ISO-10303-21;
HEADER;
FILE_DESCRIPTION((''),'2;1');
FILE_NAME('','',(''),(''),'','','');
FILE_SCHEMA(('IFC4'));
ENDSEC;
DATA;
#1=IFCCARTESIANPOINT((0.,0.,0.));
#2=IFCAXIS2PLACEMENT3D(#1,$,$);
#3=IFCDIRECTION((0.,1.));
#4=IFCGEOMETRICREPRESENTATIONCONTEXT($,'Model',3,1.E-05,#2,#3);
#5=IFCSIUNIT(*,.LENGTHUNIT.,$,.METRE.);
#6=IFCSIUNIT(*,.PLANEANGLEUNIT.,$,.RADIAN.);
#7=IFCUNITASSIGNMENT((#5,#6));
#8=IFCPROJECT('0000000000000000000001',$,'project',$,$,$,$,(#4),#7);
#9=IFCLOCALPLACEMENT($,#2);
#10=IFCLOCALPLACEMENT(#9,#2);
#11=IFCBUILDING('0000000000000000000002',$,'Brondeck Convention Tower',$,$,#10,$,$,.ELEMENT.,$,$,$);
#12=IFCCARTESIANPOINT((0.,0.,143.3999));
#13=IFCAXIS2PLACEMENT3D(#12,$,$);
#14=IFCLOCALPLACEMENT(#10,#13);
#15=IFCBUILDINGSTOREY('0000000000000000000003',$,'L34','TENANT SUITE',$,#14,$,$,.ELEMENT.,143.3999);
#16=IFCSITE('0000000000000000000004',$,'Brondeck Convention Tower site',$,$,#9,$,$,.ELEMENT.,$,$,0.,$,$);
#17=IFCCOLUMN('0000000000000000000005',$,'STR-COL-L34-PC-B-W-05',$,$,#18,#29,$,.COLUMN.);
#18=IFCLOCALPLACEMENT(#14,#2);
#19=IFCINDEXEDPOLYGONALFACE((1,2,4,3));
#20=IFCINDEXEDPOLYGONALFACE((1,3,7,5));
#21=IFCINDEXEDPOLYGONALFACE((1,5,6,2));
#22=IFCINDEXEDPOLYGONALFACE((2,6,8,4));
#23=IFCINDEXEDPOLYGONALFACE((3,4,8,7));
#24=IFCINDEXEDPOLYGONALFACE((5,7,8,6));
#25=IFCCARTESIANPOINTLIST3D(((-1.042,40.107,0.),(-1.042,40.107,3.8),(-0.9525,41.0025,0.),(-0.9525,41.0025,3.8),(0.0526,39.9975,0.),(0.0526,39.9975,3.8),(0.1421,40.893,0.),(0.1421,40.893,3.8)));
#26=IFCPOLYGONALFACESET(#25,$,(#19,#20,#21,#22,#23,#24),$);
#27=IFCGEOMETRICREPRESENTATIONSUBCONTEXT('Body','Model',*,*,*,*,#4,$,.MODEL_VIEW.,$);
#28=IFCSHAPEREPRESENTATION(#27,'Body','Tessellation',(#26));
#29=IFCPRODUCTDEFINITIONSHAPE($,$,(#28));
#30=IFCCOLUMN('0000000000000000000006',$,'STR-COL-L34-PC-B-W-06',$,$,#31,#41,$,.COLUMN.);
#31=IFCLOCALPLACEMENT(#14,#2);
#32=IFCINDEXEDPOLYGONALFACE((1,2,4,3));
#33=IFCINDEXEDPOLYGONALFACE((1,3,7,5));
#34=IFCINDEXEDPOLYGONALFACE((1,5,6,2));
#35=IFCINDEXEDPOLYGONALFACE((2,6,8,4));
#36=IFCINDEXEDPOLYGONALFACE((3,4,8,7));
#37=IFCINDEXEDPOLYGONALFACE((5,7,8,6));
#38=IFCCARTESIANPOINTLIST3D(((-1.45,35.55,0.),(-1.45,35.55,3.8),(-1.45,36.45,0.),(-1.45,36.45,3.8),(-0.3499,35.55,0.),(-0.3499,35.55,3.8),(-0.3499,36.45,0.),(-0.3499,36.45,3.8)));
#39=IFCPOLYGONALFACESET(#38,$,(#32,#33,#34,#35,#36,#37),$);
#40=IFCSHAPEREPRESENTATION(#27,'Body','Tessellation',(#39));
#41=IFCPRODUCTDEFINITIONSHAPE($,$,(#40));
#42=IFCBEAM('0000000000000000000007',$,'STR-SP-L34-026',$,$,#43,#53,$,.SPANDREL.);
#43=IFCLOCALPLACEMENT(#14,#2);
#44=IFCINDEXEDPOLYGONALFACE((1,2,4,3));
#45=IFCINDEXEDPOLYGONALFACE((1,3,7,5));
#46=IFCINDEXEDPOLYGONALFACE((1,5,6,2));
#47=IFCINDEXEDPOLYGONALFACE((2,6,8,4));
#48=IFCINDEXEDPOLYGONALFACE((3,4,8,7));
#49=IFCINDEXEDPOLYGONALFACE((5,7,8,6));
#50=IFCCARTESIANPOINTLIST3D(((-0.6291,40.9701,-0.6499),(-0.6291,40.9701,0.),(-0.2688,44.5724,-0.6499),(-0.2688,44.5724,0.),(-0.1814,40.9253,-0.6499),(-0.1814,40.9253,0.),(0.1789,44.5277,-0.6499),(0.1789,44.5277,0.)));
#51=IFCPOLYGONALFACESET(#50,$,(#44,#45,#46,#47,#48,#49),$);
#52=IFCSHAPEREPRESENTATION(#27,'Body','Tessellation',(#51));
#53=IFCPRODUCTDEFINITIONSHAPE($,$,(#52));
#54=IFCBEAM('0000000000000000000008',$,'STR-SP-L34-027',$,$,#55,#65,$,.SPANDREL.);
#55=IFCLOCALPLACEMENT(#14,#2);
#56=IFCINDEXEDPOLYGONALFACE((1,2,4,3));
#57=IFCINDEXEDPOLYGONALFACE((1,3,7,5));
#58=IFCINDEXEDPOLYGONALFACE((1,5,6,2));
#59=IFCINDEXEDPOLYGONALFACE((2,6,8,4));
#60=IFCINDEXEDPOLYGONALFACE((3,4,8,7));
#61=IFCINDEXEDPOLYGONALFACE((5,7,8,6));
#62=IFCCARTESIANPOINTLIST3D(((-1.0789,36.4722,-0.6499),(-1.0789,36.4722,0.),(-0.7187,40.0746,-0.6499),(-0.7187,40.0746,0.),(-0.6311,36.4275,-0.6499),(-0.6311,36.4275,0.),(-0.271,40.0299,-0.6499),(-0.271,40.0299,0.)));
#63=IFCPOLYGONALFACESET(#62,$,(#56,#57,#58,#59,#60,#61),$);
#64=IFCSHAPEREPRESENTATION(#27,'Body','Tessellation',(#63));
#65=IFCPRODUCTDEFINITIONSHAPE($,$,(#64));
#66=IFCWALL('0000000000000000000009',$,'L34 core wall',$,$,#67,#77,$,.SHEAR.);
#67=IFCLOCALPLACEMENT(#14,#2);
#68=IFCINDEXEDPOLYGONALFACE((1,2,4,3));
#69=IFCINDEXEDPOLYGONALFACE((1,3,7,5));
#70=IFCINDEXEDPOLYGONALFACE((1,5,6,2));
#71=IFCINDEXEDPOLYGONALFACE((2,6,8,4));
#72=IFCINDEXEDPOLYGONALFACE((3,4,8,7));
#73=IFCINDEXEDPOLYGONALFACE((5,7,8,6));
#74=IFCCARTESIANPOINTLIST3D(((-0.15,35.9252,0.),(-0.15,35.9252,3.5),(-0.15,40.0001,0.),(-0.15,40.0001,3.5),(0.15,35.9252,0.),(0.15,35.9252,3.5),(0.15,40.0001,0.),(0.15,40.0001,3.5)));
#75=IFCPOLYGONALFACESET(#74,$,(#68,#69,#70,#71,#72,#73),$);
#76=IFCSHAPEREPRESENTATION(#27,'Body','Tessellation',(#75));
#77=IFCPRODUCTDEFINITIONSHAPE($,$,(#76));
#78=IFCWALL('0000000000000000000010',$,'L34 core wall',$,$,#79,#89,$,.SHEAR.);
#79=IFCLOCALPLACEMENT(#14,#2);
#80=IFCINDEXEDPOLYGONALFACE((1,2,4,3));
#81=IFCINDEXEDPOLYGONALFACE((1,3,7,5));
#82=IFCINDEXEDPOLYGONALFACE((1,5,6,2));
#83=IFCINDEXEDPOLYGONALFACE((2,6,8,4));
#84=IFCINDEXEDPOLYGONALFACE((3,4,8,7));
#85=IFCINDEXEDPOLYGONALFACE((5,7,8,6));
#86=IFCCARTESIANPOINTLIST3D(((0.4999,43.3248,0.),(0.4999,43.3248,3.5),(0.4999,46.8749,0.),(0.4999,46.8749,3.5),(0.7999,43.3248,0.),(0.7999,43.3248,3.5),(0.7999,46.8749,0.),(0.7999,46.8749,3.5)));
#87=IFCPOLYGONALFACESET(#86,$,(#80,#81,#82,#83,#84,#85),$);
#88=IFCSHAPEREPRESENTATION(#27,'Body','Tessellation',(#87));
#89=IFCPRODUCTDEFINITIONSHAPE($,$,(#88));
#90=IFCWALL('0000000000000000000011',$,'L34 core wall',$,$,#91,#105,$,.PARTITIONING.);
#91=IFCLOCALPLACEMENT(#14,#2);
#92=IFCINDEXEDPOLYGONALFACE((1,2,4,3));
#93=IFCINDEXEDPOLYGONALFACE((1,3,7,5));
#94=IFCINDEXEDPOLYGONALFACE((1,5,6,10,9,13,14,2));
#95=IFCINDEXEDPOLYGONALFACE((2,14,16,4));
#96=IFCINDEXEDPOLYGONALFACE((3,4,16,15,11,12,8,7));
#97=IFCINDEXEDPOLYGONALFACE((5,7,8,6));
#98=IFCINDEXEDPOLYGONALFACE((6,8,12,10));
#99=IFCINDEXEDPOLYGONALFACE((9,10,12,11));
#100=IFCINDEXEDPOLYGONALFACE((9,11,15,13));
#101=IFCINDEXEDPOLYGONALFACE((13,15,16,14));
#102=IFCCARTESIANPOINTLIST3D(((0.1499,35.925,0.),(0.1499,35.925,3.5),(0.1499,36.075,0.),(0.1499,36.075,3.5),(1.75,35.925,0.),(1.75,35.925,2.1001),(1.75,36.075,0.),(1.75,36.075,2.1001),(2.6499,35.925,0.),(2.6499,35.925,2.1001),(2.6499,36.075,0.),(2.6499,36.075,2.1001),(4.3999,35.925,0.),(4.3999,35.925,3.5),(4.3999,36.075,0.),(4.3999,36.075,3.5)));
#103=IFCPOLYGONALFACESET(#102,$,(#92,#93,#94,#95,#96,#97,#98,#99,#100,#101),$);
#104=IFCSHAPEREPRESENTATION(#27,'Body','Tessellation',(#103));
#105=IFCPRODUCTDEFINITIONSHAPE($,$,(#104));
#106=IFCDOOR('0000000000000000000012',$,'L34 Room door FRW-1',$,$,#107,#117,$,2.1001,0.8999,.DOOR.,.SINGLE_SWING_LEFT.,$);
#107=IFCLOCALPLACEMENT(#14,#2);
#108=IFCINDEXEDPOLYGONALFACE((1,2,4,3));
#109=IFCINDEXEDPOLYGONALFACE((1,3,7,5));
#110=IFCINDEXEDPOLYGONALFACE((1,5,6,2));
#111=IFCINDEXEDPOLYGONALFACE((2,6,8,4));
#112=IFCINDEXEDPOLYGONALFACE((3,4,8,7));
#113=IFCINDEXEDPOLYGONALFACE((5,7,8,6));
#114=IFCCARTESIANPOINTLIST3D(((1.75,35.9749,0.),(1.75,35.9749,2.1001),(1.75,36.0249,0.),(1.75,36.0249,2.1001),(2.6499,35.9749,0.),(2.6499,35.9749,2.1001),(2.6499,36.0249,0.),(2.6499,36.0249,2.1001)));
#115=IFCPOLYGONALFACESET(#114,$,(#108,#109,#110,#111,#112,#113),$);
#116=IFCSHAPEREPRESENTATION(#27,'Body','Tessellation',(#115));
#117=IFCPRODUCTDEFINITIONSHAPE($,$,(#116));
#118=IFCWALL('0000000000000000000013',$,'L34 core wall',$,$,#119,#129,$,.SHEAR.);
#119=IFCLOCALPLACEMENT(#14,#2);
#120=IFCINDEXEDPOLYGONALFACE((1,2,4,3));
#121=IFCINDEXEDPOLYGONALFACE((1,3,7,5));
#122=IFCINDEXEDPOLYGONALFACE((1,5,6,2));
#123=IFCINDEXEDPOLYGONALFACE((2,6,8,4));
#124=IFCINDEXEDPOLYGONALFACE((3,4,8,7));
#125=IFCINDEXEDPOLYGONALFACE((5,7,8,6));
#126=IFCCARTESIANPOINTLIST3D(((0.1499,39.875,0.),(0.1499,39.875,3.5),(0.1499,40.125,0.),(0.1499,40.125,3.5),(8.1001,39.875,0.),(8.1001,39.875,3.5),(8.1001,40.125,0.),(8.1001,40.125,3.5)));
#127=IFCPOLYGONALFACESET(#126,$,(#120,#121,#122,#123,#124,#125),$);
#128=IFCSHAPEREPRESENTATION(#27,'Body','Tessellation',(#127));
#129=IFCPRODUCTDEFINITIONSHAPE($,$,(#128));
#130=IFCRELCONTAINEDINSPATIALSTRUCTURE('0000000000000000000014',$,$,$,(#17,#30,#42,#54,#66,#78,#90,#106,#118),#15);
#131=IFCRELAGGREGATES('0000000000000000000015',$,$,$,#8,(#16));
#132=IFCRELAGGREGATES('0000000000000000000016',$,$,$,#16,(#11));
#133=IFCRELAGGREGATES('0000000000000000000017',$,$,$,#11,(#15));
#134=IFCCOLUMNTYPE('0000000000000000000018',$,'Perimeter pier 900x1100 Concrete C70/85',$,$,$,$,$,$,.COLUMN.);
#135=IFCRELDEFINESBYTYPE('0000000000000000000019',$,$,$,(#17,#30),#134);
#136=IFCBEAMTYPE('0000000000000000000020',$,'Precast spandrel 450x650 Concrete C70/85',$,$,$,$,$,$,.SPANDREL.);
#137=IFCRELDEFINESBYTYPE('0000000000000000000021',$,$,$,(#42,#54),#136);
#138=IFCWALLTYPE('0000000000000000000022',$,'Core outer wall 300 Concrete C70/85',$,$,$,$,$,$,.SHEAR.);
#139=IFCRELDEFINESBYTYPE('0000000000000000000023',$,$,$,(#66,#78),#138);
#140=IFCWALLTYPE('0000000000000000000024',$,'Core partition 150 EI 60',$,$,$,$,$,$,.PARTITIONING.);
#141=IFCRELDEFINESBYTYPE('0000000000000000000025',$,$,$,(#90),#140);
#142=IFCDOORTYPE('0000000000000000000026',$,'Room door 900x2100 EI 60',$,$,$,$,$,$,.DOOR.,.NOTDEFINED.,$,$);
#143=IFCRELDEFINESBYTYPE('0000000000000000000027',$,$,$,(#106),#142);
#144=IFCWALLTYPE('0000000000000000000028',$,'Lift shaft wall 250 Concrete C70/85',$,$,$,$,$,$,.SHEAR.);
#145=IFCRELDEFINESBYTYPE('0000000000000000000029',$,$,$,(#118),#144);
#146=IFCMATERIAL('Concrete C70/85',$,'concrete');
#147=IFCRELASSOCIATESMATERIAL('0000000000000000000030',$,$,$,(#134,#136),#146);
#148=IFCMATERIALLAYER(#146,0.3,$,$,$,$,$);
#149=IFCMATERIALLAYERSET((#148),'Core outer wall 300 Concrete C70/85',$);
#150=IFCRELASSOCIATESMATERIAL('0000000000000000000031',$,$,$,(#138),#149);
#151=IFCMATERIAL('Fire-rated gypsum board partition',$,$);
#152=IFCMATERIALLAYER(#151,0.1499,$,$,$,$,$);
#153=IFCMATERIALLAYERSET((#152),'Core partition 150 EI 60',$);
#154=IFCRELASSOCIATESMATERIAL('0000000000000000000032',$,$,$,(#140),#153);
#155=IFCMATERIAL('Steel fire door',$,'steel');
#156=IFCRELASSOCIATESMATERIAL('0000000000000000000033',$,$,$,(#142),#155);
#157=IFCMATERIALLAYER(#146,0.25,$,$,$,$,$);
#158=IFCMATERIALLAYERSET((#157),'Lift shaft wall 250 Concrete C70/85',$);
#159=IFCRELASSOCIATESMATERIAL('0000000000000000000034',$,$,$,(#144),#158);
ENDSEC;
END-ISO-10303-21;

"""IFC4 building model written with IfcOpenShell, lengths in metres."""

from ifc_helpers import new_model, si_unit, direction, frame, frame_2d, origin, origin_2d, place, context, subcontext, project, spatial, rectangle, extrude, material, layer, layer_set, material_profile, profile_set, type_object, element, fill, save


model = new_model("IFC4")

# Units and contexts
model_context = context("Model", 3, precision=1e-05, world=origin(), true_north=direction((0.0, 1.0)))
body_context = subcontext(model_context, "Body", "Model", "MODEL_VIEW")
ifc_project = project(units=[si_unit("LENGTHUNIT", "METRE"), si_unit("PLANEANGLEUNIT", "RADIAN")], contexts=[model_context])

# Site, building, storey
site_placement = place(None, origin())
site = spatial("IfcSite", under=ifc_project, at=site_placement, Name="Brondeck Convention Tower site", CompositionType="ELEMENT", RefElevation=0.0)
building_placement = place(site_placement, origin())
building = spatial("IfcBuilding", under=site, at=building_placement, Name="Brondeck Convention Tower", CompositionType="ELEMENT")
storey_placement = place(building_placement, frame((0.0, 0.0, 143.3999)))
storey = spatial("IfcBuildingStorey", under=building, at=storey_placement, Name="L34", Description="TENANT SUITE", CompositionType="ELEMENT", Elevation=143.3999)

# Columns
ifc_material_1 = material(Name="Concrete C70/85", Category="concrete")
ifc_material_profile_1 = material_profile(ifc_material_1, rectangle(XDim=0.8999, YDim=1.1001, at=origin_2d()), Name="Perimeter pier 900x1100 Concrete C70/85")
ifc_profile_set_1 = profile_set([ifc_material_profile_1], Name="Concrete C70/85")
column_type = type_object("IfcColumnType", Name="Perimeter pier 900x1100 Concrete C70/85", PredefinedType="COLUMN", material=ifc_profile_set_1)
for number, where, z_axis, x_axis, name in (
    (1, (-0.45, 40.5, 0.0), (0.0, 0.0, 1.0), (-0.099504, -0.995037, 0.0), "STR-COL-L34-PC-B-W-05"),
    (2, (-0.8999, 36.0, 0.0), (0.0, 0.0, 1.0), (0.0, -1.0, 0.0), "STR-COL-L34-PC-B-W-06"),
):
    element("IfcColumn", number, at=place(storey_placement, frame(where, z_axis=z_axis, x_axis=x_axis)), inside=storey, type_object=column_type, Name=name, PredefinedType="COLUMN", context=body_context, shape_type="SweptSolid", body=[
        extrude(rectangle(XDim=0.8999, YDim=1.1001, at=origin_2d()), origin(), (0.0, 0.0, 1.0), 3.8),
    ])

# Beams
ifc_material_profile_2 = material_profile(ifc_material_1, rectangle(XDim=0.45, YDim=0.6499, at=origin_2d()), Name="Precast spandrel 450x650 Concrete C70/85")
ifc_profile_set_2 = profile_set([ifc_material_profile_2], Name="Concrete C70/85")
beam_type = type_object("IfcBeamType", Name="Precast spandrel 450x650 Concrete C70/85", PredefinedType="SPANDREL", material=ifc_profile_set_2)
for number, where, z_axis, x_axis, name in (
    (3, (-0.0449, 44.55, -0.325), (-0.099537, -0.995034, 0.0), (0.995034, -0.099537, 0.0), "STR-SP-L34-026"),
    (4, (-0.4949, 40.0522, -0.325), (-0.09947, -0.995041, 0.0), (0.995041, -0.09947, 0.0), "STR-SP-L34-027"),
):
    element("IfcBeam", number, at=place(storey_placement, frame(where, z_axis=z_axis, x_axis=x_axis)), inside=storey, type_object=beam_type, Name=name, PredefinedType="SPANDREL", context=body_context, shape_type="SweptSolid", body=[
        extrude(rectangle(XDim=0.45, YDim=0.6499, at=origin_2d()), origin(), (0.0, 0.0, 1.0), 3.6204),
    ])

# Walls
ifc_layer_1 = layer(ifc_material_1, 0.3)
ifc_layer_set_1 = layer_set([ifc_layer_1], Name="Core outer wall 300 Concrete C70/85")
wall_type_1 = type_object("IfcWallType", Name="Core outer wall 300 Concrete C70/85", PredefinedType="SHEAR", material=ifc_layer_set_1)
wall_1_placement = place(storey_placement, frame((0.0, 35.925, 0.0), z_axis=(0.0, 0.0, 1.0), x_axis=(0.0, 1.0, 0.0)))
element("IfcWall", 5, at=wall_1_placement, inside=storey, type_object=wall_type_1, Name="L34 core wall", PredefinedType="SHEAR", context=body_context, shape_type="SweptSolid", body=[
    extrude(rectangle(XDim=4.075, YDim=0.3, at=frame_2d((2.0376, 0.0))), origin(), (0.0, 0.0, 1.0), 3.5),
])
wall_2_placement = place(storey_placement, frame((0.6499, 43.325, 0.0), z_axis=(0.0, 0.0, 1.0), x_axis=(0.0, 1.0, 0.0)))
element("IfcWall", 6, at=wall_2_placement, inside=storey, type_object=wall_type_1, Name="L34 core wall", PredefinedType="SHEAR", context=body_context, shape_type="SweptSolid", body=[
    extrude(rectangle(XDim=3.55, YDim=0.3, at=frame_2d((1.7749, 0.0))), origin(), (0.0, 0.0, 1.0), 3.5),
])

# Wall, opening, door
ifc_material_2 = material(Name="Fire-rated gypsum board partition")
ifc_layer_2 = layer(ifc_material_2, 0.1499)
ifc_layer_set_2 = layer_set([ifc_layer_2], Name="Core partition 150 EI 60")
wall_type_2 = type_object("IfcWallType", Name="Core partition 150 EI 60", PredefinedType="PARTITIONING", material=ifc_layer_set_2)
wall_3_placement = place(storey_placement, frame((0.1499, 36.0, 0.0), z_axis=(0.0, 0.0, 1.0), x_axis=(1.0, 0.0, 0.0)))
wall_3 = element("IfcWall", 7, at=wall_3_placement, inside=storey, type_object=wall_type_2, Name="L34 core wall", PredefinedType="PARTITIONING", context=body_context, shape_type="SweptSolid", body=[
    extrude(rectangle(XDim=4.25, YDim=0.1499, at=frame_2d((2.125, 0.0))), origin(), (0.0, 0.0, 1.0), 3.5),
])
opening_1_placement = place(wall_3_placement, frame((1.6001, 0.0, 0.0)))
opening_1 = element("IfcOpeningElement", 8, at=opening_1_placement, cuts=wall_3, PredefinedType="OPENING", context=body_context, shape_type="SweptSolid", body=[
    extrude(rectangle(XDim=0.8999, YDim=2.1001, at=frame_2d((0.45, 1.05))), frame((0.0, 0.085, 0.0), z_axis=(0.0, -1.0, 0.0), x_axis=(1.0, 0.0, 0.0)), (0.0, 0.0, 1.0), 0.1699),
])
ifc_material_3 = material(Name="Steel fire door", Category="steel")
door_type_1 = type_object("IfcDoorType", Name="Room door 900x2100 EI 60", OperationType="NOTDEFINED", PredefinedType="DOOR", material=ifc_material_3)
door_1_placement = place(opening_1_placement, origin())
door_1 = element("IfcDoor", 9, at=door_1_placement, inside=storey, type_object=door_type_1, Name="L34 Room door FRW-1", OperationType="SINGLE_SWING_LEFT", OverallHeight=2.1001, OverallWidth=0.8999, PredefinedType="DOOR", context=body_context, shape_type="SweptSolid", body=[
    extrude(rectangle(XDim=0.8999, YDim=2.1001, at=frame_2d((0.45, 1.05))), frame((0.0, 0.0249, 0.0), z_axis=(0.0, -1.0, 0.0), x_axis=(1.0, 0.0, 0.0)), (0.0, 0.0, 1.0), 0.05),
])
fill(opening_1, door_1)

# Wall
ifc_layer_3 = layer(ifc_material_1, 0.25)
ifc_layer_set_3 = layer_set([ifc_layer_3], Name="Lift shaft wall 250 Concrete C70/85")
wall_type_3 = type_object("IfcWallType", Name="Lift shaft wall 250 Concrete C70/85", PredefinedType="SHEAR", material=ifc_layer_set_3)
wall_4_placement = place(storey_placement, frame((0.1499, 40.0, 0.0), z_axis=(0.0, 0.0, 1.0), x_axis=(1.0, 0.0, 0.0)))
element("IfcWall", 10, at=wall_4_placement, inside=storey, type_object=wall_type_3, Name="L34 core wall", PredefinedType="SHEAR", context=body_context, shape_type="SweptSolid", body=[
    extrude(rectangle(XDim=7.9502, YDim=0.25, at=frame_2d((3.9751, 0.0))), origin(), (0.0, 0.0, 1.0), 3.5),
])

save(model, "model.ifc")
